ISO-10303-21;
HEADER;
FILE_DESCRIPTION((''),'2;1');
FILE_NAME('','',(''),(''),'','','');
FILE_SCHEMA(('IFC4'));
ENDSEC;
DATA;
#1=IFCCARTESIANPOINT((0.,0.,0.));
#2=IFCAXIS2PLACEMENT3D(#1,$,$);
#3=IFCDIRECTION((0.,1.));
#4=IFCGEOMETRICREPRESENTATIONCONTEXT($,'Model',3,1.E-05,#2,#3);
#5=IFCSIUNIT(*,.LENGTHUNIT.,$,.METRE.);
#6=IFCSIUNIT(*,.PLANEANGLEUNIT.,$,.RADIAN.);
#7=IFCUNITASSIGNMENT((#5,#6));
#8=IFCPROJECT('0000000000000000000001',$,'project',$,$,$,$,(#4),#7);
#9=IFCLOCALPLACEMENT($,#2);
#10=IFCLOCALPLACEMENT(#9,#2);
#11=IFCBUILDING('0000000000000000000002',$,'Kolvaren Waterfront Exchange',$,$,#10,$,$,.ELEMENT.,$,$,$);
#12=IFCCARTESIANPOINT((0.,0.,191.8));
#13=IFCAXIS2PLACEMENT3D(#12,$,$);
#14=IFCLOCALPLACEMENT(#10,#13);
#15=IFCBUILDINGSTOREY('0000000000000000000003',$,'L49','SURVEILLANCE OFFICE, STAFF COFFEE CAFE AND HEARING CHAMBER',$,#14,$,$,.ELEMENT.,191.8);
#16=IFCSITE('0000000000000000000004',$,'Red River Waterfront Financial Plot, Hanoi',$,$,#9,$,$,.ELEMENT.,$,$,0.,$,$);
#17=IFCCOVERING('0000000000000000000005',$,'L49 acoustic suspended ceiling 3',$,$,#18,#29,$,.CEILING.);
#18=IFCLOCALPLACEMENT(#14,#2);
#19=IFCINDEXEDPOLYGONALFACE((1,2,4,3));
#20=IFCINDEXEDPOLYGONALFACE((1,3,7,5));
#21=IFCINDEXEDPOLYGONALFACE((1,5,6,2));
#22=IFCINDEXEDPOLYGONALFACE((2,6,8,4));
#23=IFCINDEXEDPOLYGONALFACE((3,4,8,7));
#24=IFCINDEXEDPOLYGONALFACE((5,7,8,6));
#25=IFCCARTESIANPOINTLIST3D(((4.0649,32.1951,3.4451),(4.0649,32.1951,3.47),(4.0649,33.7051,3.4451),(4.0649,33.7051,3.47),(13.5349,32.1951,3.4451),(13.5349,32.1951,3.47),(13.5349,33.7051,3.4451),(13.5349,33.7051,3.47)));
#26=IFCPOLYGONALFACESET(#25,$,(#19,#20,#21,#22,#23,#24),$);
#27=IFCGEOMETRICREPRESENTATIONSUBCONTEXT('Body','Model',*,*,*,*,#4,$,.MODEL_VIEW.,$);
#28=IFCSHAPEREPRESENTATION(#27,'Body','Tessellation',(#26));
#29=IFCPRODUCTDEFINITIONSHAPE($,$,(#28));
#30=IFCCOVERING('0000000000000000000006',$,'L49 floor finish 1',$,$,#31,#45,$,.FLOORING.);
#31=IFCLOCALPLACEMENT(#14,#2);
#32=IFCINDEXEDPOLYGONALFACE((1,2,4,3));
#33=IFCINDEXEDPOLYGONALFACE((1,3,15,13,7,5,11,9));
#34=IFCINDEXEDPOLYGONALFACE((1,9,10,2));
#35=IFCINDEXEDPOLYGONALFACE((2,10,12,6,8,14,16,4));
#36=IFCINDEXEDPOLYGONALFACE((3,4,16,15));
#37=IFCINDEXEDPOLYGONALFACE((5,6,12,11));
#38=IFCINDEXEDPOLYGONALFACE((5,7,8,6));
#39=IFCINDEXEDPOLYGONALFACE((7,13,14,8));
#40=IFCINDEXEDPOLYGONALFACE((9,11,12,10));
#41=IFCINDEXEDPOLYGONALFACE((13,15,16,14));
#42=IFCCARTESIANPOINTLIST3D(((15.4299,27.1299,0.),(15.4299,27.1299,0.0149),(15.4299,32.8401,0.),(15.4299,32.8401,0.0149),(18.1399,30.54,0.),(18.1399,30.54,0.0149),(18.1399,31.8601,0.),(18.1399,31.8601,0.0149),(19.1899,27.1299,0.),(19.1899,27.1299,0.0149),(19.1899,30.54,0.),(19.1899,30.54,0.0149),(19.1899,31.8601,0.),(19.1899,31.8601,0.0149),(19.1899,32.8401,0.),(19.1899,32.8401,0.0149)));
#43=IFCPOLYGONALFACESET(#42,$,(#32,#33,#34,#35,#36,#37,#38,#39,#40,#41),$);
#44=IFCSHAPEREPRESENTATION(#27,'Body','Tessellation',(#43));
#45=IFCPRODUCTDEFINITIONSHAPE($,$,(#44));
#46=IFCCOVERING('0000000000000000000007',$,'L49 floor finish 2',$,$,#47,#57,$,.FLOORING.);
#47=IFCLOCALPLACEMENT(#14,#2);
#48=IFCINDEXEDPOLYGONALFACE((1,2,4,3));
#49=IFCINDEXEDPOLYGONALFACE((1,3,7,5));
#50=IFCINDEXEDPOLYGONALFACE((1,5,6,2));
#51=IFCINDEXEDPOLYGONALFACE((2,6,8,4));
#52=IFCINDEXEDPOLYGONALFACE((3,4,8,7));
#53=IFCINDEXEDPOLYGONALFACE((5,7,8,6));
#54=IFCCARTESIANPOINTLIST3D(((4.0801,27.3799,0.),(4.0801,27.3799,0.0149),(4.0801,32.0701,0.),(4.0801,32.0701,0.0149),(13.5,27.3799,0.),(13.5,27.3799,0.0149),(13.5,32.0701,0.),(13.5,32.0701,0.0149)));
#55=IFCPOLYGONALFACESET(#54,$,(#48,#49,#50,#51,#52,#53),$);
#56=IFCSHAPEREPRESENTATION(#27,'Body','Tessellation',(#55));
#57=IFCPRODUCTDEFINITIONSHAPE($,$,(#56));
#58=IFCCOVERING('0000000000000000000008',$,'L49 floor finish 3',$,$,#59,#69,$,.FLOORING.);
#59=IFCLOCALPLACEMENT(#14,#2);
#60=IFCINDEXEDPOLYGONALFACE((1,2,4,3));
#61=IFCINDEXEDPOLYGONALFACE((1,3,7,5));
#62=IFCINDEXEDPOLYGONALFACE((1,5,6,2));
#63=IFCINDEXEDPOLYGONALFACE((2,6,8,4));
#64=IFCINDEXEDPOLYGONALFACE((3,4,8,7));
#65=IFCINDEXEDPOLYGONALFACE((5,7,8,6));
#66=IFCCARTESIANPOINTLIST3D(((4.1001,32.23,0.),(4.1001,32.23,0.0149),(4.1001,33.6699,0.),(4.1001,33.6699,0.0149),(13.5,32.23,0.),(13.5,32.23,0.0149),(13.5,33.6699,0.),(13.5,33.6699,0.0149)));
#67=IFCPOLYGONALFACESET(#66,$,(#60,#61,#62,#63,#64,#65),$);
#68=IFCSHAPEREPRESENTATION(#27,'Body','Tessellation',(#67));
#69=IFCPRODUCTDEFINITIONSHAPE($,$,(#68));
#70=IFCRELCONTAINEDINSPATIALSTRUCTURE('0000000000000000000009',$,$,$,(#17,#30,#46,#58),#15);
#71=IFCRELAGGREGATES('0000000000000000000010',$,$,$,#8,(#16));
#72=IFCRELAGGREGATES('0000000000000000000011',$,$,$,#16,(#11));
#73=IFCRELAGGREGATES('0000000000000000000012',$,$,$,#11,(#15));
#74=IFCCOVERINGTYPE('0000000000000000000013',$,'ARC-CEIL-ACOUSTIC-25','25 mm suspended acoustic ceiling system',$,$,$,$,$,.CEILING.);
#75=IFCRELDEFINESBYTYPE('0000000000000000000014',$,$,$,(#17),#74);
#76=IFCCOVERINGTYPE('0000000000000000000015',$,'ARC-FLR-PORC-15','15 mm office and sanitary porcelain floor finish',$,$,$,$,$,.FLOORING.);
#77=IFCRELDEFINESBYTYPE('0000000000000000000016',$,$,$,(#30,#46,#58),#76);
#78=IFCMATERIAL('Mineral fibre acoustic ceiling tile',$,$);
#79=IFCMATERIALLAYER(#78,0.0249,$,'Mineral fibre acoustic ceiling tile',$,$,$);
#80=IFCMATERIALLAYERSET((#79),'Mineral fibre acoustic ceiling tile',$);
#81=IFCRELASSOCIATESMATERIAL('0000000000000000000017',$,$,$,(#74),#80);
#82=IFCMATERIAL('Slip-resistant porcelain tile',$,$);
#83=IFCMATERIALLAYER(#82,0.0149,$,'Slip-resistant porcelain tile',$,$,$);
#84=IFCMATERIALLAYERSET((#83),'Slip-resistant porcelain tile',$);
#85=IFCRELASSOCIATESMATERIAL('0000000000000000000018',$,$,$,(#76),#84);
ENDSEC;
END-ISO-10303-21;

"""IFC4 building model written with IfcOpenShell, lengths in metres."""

from ifc_helpers import new_model, si_unit, direction, frame, origin, place, context, subcontext, project, spatial, polyline, outline, extrude, material, layer, layer_set, type_object, element, save


model = new_model("IFC4")

# Units and contexts
model_context = context("Model", 3, precision=1e-05, world=origin(), true_north=direction((0.0, 1.0)))
body_context = subcontext(model_context, "Body", "Model", "MODEL_VIEW")
ifc_project = project(units=[si_unit("LENGTHUNIT", "METRE"), si_unit("PLANEANGLEUNIT", "RADIAN")], contexts=[model_context])

# Site, building, storey
site_placement = place(None, origin())
site = spatial("IfcSite", under=ifc_project, at=site_placement, Name="Red River Waterfront Financial Plot, Hanoi", CompositionType="ELEMENT", RefElevation=0.0)
building_placement = place(site_placement, origin())
building = spatial("IfcBuilding", under=site, at=building_placement, Name="Kolvaren Waterfront Exchange", CompositionType="ELEMENT")
storey_placement = place(building_placement, frame((0.0, 0.0, 191.8)))
storey = spatial("IfcBuildingStorey", under=building, at=storey_placement, Name="L49", Description="SURVEILLANCE OFFICE, STAFF COFFEE CAFE AND HEARING CHAMBER", CompositionType="ELEMENT", Elevation=191.8)

# Coverings
ifc_material_1 = material(Name="Mineral fibre acoustic ceiling tile")
ifc_layer_1 = layer(ifc_material_1, 0.0249, Name="Mineral fibre acoustic ceiling tile")
ifc_layer_set_1 = layer_set([ifc_layer_1], Name="Mineral fibre acoustic ceiling tile")
covering_type_1 = type_object("IfcCoveringType", Name="ARC-CEIL-ACOUSTIC-25", Description="25 mm suspended acoustic ceiling system", PredefinedType="CEILING", material=ifc_layer_set_1)
covering_1_placement = place(storey_placement, frame((0.0, 0.0, 3.4451)))
element("IfcCovering", 1, at=covering_1_placement, inside=storey, type_object=covering_type_1, Name="L49 acoustic suspended ceiling 3", PredefinedType="CEILING", context=body_context, shape_type="SweptSolid", body=[
    extrude(outline(polyline([(13.5349, 32.1951), (13.5349, 33.7051), (4.0649, 33.7051), (4.0649, 32.1951), (13.5349, 32.1951)])), origin(), (0.0, 0.0, 1.0), 0.0249),
])
ifc_material_2 = material(Name="Slip-resistant porcelain tile")
ifc_layer_2 = layer(ifc_material_2, 0.0149, Name="Slip-resistant porcelain tile")
ifc_layer_set_2 = layer_set([ifc_layer_2], Name="Slip-resistant porcelain tile")
covering_type_2 = type_object("IfcCoveringType", Name="ARC-FLR-PORC-15", Description="15 mm office and sanitary porcelain floor finish", PredefinedType="FLOORING", material=ifc_layer_set_2)
covering_2_placement = place(storey_placement, origin())
element("IfcCovering", 2, at=covering_2_placement, inside=storey, type_object=covering_type_2, Name="L49 floor finish 1", PredefinedType="FLOORING", context=body_context, shape_type="SweptSolid", body=[
    extrude(outline(polyline([(15.4299, 32.8401), (15.4299, 27.1299), (19.1899, 27.1299), (19.1899, 30.54), (18.1399, 30.54), (18.1399, 31.8601), (19.1899, 31.8601), (19.1899, 32.8401), (15.4299, 32.8401)])), origin(), (0.0, 0.0, 1.0), 0.0149),
])
covering_3_placement = place(storey_placement, origin())
element("IfcCovering", 3, at=covering_3_placement, inside=storey, type_object=covering_type_2, Name="L49 floor finish 2", PredefinedType="FLOORING", context=body_context, shape_type="SweptSolid", body=[
    extrude(outline(polyline([(4.0801, 32.0701), (4.0801, 27.3799), (13.5, 27.3799), (13.5, 32.0701), (4.0801, 32.0701)])), origin(), (0.0, 0.0, 1.0), 0.0149),
])
covering_4_placement = place(storey_placement, origin())
element("IfcCovering", 4, at=covering_4_placement, inside=storey, type_object=covering_type_2, Name="L49 floor finish 3", PredefinedType="FLOORING", context=body_context, shape_type="SweptSolid", body=[
    extrude(outline(polyline([(4.1001, 33.6699), (4.1001, 32.23), (13.5, 32.23), (13.5, 33.6699), (4.1001, 33.6699)])), origin(), (0.0, 0.0, 1.0), 0.0149),
])

save(model, "model.ifc")
